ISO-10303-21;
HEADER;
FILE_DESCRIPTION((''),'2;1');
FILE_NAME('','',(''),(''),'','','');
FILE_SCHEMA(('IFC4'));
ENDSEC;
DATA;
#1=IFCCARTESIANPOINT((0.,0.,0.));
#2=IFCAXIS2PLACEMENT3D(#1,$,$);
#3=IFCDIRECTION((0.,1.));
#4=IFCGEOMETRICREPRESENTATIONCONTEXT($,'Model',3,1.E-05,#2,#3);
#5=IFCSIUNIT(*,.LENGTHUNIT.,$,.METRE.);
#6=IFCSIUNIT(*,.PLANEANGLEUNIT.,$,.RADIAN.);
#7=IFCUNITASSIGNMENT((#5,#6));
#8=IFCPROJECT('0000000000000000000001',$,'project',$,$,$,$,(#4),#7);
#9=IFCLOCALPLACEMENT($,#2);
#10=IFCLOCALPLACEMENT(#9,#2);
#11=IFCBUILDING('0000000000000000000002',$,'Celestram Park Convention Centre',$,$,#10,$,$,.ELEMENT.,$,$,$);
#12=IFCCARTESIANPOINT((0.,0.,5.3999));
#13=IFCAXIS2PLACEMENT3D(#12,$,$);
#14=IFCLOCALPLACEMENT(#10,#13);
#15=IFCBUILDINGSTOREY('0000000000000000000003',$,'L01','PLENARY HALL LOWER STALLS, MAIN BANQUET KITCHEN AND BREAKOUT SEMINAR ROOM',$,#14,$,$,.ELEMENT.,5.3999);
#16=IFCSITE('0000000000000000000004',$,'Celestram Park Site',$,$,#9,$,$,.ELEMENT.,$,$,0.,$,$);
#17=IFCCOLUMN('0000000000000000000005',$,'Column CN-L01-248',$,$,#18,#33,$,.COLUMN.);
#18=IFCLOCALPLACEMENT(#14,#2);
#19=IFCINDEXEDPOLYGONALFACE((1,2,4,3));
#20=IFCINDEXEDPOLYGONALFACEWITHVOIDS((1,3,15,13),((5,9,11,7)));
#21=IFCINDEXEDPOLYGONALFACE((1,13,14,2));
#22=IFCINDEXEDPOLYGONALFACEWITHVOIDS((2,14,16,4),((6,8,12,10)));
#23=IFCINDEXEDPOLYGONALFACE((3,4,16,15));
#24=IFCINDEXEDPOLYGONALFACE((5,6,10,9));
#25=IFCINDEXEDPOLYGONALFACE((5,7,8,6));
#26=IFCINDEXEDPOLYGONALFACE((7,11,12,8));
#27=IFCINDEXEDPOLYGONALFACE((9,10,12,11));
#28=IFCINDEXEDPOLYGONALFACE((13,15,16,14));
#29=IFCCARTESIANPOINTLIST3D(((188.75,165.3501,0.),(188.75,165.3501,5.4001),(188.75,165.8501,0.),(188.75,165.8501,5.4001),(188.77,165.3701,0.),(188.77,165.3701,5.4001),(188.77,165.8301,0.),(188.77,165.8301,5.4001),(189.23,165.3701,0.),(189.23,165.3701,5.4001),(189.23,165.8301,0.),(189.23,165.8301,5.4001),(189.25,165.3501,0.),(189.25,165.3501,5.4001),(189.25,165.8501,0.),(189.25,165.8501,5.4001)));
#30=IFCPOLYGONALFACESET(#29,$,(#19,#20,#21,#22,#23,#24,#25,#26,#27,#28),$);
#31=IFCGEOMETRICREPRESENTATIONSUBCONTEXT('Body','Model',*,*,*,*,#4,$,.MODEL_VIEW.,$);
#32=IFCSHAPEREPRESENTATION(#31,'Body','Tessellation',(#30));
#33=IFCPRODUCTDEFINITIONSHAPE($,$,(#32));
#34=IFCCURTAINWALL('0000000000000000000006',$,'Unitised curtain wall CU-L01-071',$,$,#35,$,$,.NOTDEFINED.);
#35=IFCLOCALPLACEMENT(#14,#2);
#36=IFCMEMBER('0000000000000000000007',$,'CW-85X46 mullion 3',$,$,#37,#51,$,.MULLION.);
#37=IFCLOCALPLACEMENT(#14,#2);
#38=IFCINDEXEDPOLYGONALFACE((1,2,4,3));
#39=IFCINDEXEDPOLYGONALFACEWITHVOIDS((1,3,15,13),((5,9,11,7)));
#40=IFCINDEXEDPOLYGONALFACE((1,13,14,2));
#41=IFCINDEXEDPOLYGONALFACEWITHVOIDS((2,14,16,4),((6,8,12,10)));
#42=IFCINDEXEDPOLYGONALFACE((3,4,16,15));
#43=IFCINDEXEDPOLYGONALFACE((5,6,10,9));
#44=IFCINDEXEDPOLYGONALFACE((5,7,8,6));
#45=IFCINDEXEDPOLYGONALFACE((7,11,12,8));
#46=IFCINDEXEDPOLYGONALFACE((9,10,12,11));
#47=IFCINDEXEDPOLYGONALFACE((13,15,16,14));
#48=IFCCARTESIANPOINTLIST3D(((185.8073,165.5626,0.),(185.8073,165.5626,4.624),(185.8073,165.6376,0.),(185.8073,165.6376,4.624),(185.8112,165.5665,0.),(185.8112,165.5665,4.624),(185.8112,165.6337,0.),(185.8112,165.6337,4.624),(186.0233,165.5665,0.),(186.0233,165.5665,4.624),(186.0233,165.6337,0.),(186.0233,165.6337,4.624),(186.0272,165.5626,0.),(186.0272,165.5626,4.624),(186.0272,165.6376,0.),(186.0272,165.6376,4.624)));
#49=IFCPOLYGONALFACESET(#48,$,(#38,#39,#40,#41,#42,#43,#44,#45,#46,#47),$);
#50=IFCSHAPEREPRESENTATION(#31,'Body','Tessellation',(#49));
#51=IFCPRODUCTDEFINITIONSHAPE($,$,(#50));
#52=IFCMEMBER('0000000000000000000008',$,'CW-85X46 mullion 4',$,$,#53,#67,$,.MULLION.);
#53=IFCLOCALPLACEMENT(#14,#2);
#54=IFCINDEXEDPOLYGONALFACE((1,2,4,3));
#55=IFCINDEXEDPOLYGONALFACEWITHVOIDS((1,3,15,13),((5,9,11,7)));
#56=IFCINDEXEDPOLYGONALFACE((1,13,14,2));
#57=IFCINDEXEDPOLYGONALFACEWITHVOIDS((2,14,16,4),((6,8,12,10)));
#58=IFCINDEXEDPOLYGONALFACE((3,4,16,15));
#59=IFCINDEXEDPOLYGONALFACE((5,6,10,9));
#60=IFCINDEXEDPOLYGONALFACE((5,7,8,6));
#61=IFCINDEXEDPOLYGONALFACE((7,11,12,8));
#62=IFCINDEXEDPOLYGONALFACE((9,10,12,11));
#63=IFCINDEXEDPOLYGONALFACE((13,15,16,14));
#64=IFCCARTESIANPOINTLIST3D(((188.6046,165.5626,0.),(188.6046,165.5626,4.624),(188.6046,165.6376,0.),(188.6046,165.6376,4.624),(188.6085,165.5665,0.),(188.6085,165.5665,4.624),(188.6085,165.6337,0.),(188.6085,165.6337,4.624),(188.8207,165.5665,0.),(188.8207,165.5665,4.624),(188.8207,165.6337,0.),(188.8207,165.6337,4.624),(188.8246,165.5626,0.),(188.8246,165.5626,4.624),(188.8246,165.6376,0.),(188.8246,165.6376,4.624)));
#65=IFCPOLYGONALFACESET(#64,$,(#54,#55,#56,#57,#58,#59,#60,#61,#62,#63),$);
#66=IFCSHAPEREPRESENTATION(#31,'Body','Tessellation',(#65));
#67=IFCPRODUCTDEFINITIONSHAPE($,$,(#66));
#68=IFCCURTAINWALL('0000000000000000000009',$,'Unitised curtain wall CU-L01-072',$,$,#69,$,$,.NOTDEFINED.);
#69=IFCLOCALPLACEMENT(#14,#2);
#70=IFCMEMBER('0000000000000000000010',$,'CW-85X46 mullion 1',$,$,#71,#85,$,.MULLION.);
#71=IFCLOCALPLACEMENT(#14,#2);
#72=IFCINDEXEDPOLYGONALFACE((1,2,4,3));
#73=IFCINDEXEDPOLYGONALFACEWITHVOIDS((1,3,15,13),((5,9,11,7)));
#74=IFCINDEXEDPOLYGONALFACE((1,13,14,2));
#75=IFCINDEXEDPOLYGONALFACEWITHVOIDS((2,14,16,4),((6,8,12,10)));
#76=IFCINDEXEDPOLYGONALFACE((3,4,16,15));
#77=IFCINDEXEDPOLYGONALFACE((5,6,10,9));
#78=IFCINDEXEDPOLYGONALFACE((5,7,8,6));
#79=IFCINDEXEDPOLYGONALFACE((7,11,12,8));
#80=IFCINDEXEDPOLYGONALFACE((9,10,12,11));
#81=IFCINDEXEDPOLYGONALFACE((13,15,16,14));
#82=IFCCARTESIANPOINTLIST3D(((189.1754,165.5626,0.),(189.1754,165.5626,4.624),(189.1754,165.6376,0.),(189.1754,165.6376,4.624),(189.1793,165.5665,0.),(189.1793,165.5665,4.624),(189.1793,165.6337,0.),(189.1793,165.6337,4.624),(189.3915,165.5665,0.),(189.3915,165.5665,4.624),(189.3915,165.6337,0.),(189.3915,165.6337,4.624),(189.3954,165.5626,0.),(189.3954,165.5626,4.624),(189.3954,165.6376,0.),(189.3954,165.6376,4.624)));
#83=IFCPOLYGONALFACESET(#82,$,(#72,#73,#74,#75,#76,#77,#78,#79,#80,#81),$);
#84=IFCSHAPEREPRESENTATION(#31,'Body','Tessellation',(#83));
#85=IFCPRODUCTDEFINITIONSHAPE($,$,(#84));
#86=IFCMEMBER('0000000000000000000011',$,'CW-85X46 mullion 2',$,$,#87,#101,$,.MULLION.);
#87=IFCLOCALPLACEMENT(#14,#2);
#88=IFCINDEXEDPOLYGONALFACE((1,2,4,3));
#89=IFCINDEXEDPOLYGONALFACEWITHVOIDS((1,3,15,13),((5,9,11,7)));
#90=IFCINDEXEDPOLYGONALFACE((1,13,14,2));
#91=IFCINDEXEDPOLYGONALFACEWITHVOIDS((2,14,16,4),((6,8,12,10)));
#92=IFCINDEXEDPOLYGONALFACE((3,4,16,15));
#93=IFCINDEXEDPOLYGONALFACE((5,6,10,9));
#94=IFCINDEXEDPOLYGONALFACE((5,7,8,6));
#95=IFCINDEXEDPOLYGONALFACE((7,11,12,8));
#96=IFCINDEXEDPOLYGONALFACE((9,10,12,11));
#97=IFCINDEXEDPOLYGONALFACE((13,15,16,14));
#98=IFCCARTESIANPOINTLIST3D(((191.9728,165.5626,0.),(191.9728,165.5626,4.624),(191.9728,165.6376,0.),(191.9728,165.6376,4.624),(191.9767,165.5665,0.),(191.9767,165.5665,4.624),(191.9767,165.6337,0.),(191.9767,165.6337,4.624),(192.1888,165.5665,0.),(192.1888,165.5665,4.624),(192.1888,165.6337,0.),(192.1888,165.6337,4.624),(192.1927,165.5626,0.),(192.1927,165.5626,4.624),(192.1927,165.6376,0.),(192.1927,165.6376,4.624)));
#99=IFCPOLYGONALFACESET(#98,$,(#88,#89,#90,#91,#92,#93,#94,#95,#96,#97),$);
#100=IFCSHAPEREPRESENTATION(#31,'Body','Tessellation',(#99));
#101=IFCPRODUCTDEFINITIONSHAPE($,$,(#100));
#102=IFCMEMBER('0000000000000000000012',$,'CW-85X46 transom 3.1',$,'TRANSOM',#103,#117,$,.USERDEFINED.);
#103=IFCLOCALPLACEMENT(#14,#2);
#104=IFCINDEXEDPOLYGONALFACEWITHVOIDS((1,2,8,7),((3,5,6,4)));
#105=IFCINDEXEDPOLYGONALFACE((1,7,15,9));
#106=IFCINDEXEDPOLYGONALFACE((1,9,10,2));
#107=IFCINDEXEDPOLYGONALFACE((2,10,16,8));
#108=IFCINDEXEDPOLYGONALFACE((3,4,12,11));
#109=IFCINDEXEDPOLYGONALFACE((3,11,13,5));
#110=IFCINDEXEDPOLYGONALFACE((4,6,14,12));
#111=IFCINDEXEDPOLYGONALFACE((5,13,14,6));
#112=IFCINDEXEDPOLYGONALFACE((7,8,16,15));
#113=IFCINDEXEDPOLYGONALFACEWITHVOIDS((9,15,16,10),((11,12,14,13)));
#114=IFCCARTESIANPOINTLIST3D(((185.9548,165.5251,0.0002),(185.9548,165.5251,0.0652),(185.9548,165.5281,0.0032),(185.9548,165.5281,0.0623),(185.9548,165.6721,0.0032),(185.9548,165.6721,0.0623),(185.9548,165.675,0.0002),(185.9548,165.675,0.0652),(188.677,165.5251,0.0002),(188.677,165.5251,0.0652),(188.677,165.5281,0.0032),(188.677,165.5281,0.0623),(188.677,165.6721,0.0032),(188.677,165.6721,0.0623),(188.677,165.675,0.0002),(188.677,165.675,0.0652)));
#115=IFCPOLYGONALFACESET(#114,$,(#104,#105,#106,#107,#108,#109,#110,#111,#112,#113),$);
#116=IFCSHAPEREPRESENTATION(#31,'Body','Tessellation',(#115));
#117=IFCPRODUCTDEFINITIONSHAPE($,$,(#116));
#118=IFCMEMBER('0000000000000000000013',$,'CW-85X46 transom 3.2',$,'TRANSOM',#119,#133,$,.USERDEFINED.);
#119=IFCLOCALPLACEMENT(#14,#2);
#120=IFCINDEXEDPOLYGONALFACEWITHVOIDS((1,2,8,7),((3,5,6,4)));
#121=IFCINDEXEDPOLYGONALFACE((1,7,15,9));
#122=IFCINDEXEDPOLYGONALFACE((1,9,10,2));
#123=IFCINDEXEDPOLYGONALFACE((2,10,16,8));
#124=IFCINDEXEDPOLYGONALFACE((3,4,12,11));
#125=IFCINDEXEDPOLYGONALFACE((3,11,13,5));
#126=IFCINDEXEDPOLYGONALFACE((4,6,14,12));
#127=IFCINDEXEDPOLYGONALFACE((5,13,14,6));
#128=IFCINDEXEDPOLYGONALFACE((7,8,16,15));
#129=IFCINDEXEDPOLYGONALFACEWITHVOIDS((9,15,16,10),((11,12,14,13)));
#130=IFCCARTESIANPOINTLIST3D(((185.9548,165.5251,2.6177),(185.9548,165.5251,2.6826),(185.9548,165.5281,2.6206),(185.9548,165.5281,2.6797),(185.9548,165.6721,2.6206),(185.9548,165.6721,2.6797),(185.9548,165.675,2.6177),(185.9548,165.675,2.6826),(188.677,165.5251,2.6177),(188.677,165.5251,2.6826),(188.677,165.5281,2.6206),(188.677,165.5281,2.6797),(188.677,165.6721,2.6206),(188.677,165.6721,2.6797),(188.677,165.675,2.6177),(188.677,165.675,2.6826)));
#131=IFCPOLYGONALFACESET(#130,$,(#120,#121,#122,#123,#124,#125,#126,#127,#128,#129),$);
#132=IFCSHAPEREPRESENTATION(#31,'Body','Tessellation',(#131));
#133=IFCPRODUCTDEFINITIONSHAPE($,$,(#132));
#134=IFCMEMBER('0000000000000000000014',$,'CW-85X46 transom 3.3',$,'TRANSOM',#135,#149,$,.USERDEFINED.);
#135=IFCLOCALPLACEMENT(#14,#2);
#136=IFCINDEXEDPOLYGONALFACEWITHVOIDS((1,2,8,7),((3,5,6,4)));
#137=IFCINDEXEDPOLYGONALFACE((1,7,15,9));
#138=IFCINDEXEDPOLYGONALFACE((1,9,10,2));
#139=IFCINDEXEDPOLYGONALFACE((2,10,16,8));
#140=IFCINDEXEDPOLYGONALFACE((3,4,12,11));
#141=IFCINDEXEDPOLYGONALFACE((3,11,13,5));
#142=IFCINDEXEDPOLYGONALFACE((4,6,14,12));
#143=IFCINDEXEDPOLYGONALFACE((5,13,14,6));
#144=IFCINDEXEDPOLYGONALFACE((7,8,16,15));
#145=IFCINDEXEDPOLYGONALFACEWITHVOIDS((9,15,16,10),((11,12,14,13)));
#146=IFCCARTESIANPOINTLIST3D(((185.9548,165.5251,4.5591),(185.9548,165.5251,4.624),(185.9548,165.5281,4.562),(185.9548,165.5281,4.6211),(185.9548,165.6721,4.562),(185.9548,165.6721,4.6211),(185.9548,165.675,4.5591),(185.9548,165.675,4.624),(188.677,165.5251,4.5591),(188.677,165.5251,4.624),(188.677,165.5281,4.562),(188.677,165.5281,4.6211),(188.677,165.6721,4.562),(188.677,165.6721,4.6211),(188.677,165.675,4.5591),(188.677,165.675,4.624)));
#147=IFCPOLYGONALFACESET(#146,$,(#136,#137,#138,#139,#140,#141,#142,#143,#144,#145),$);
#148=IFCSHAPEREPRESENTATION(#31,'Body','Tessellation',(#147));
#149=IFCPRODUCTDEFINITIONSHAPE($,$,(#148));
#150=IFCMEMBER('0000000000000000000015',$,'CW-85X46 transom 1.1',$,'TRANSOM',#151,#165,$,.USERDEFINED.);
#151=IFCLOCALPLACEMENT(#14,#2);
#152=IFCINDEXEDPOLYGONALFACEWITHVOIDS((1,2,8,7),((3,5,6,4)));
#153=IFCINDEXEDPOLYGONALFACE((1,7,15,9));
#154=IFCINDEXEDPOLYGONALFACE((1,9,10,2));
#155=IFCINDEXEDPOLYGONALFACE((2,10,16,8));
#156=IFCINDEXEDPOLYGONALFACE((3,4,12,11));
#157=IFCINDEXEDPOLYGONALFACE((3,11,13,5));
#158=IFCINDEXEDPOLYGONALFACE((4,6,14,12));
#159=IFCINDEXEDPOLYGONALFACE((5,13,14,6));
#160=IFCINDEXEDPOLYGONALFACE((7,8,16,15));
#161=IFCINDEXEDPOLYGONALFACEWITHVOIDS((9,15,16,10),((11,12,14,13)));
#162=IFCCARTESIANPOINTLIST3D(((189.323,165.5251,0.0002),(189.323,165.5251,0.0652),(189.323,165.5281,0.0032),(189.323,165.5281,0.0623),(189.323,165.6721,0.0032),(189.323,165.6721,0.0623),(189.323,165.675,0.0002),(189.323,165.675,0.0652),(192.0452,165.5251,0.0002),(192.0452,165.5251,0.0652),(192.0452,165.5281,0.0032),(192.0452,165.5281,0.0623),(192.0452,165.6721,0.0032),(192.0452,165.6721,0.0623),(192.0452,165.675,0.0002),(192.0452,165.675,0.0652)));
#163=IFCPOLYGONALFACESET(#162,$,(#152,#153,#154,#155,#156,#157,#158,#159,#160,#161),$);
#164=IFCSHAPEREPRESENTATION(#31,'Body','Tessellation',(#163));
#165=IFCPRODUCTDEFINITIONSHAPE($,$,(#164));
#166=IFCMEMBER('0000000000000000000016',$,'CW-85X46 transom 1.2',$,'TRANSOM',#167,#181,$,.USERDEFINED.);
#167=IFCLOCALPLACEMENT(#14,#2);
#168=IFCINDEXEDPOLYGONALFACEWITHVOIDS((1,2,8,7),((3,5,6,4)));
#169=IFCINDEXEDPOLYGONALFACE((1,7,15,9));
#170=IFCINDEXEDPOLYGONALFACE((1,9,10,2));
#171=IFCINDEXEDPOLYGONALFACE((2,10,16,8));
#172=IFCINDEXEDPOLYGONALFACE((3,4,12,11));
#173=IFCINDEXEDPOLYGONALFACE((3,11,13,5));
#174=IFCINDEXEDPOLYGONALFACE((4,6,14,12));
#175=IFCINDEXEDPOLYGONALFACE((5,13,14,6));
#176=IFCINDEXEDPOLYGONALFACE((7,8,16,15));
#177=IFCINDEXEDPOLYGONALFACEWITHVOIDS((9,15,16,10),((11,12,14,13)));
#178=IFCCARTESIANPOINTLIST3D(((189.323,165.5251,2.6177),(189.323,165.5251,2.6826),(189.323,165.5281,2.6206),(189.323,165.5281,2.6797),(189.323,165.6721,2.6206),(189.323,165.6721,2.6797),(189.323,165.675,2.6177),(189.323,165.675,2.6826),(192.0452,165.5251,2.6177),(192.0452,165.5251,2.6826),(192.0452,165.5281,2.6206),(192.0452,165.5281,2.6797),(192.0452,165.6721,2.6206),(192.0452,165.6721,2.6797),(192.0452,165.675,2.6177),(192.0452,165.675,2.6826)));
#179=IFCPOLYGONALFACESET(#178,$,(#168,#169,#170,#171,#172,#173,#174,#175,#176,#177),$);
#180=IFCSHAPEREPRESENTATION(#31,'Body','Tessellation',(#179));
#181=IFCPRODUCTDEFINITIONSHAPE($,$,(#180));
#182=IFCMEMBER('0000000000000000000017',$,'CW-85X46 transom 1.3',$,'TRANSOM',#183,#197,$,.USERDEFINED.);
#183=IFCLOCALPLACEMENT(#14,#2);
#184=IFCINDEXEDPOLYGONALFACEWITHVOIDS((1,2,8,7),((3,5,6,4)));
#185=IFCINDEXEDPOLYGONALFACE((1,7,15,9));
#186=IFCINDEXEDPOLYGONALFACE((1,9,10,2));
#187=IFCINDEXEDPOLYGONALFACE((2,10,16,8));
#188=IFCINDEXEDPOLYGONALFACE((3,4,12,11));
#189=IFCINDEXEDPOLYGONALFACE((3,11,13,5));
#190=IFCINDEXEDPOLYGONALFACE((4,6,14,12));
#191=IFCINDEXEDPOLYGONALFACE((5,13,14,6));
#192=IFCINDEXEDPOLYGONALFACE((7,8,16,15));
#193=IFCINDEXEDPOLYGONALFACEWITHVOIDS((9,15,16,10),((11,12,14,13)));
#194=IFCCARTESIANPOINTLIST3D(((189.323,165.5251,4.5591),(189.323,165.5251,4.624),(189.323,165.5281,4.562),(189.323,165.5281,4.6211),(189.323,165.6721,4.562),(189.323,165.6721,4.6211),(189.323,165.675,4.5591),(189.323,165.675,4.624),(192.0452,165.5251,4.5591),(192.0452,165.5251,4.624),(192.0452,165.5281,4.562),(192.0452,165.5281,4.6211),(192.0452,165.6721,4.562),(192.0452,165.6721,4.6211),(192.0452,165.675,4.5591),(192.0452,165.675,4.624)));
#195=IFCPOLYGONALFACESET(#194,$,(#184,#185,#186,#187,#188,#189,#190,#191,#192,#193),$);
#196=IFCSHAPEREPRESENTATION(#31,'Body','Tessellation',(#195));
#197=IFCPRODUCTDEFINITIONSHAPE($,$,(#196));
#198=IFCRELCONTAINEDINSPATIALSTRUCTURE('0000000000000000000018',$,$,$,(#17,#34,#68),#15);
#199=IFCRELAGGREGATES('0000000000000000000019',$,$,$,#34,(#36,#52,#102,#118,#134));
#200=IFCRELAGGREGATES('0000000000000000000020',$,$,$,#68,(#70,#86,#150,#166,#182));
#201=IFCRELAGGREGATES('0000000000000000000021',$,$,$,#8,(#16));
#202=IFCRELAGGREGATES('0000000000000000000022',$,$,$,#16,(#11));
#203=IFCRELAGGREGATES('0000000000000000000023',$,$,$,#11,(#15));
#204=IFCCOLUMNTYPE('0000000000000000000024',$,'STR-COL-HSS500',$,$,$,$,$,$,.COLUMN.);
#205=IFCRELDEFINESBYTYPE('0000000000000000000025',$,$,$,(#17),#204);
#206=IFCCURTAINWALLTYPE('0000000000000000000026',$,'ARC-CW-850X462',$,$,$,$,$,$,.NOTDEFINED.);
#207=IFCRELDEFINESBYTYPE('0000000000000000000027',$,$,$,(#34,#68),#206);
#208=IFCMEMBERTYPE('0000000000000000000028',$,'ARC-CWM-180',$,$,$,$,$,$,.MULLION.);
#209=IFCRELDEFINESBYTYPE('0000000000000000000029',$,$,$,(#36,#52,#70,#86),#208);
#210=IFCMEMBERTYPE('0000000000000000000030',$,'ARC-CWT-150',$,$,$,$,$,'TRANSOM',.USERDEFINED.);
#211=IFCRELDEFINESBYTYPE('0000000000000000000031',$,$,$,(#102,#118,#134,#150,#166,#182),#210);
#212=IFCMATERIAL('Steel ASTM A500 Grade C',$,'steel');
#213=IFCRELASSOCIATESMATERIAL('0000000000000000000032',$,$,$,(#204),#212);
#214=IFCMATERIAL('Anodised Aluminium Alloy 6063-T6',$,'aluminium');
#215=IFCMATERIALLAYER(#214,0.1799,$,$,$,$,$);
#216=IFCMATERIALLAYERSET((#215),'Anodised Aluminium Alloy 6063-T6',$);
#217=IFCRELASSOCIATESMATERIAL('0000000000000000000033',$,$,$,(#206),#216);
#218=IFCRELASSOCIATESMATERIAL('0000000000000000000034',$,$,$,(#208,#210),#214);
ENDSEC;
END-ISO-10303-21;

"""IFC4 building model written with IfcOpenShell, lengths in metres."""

from ifc_helpers import new_model, si_unit, direction, frame, origin, origin_2d, place, context, subcontext, project, spatial, hollow_rectangle, extrude, material, layer, layer_set, material_profile, profile_set, type_object, element, aggregate, save


model = new_model("IFC4")

# Units and contexts
model_context = context("Model", 3, precision=1e-05, world=origin(), true_north=direction((0.0, 1.0)))
body_context = subcontext(model_context, "Body", "Model", "MODEL_VIEW")
ifc_project = project(units=[si_unit("LENGTHUNIT", "METRE"), si_unit("PLANEANGLEUNIT", "RADIAN")], contexts=[model_context])

# Site, building, storey
site_placement = place(None, origin())
site = spatial("IfcSite", under=ifc_project, at=site_placement, Name="Celestram Park Site", CompositionType="ELEMENT", RefElevation=0.0)
building_placement = place(site_placement, origin())
building = spatial("IfcBuilding", under=site, at=building_placement, Name="Celestram Park Convention Centre", CompositionType="ELEMENT")
storey_placement = place(building_placement, frame((0.0, 0.0, 5.3999)))
storey = spatial("IfcBuildingStorey", under=building, at=storey_placement, Name="L01", Description="PLENARY HALL LOWER STALLS, MAIN BANQUET KITCHEN AND BREAKOUT SEMINAR ROOM", CompositionType="ELEMENT", Elevation=5.3999)

# Column
ifc_material_1 = material(Name="Steel ASTM A500 Grade C", Category="steel")
ifc_material_profile_1 = material_profile(ifc_material_1, hollow_rectangle(XDim=0.5, YDim=0.5, WallThickness=0.02, at=origin_2d()), Name="HSS500X500X20")
ifc_profile_set_1 = profile_set([ifc_material_profile_1], Name="Steel ASTM A500 Grade C")
column_type = type_object("IfcColumnType", Name="STR-COL-HSS500", PredefinedType="COLUMN", material=ifc_profile_set_1)
column_placement = place(storey_placement, frame((189.0, 165.6001, 0.0), z_axis=(0.0, 0.0, 1.0), x_axis=(1.0, 0.0, 0.0)))
element("IfcColumn", 1, at=column_placement, inside=storey, type_object=column_type, Name="Column CN-L01-248", PredefinedType="COLUMN", context=body_context, shape_type="SweptSolid", body=[
    extrude(hollow_rectangle(XDim=0.5, YDim=0.5, WallThickness=0.02, at=origin_2d()), origin(), (0.0, 0.0, 1.0), 5.4001),
])

# Curtain walls, members
ifc_material_2 = material(Name="Anodised Aluminium Alloy 6063-T6", Category="aluminium")
ifc_layer_1 = layer(ifc_material_2, 0.1799)
ifc_layer_set_1 = layer_set([ifc_layer_1], Name="Anodised Aluminium Alloy 6063-T6")
curtain_wall_type = type_object("IfcCurtainWallType", Name="ARC-CW-850X462", PredefinedType="NOTDEFINED", material=ifc_layer_set_1)
curtain_wall_1_placement = place(storey_placement, origin())
curtain_wall_1 = element("IfcCurtainWall", 2, at=curtain_wall_1_placement, inside=storey, type_object=curtain_wall_type, Name="Unitised curtain wall CU-L01-071", PredefinedType="NOTDEFINED")
ifc_material_profile_2 = material_profile(ifc_material_2, hollow_rectangle(XDim=0.075, YDim=0.22, WallThickness=0.0039, at=origin_2d()), Name="ALU75X220X4")
ifc_profile_set_2 = profile_set([ifc_material_profile_2], Name="Anodised Aluminium Alloy 6063-T6")
member_type_1 = type_object("IfcMemberType", Name="ARC-CWM-180", PredefinedType="MULLION", material=ifc_profile_set_2)
member_1_placement = place(storey_placement, frame((185.9172, 165.6001, 0.0), z_axis=(0.0, 0.0, 1.0), x_axis=(0.0, 1.0, 0.0)))
member_1 = element("IfcMember", 3, at=member_1_placement, type_object=member_type_1, Name="CW-85X46 mullion 3", PredefinedType="MULLION", context=body_context, shape_type="SweptSolid", body=[
    extrude(hollow_rectangle(XDim=0.075, YDim=0.22, WallThickness=0.0039, at=origin_2d()), origin(), (0.0, 0.0, 1.0), 4.624),
])
member_2_placement = place(storey_placement, frame((188.7146, 165.6001, 0.0), z_axis=(0.0, 0.0, 1.0), x_axis=(0.0, 1.0, 0.0)))
member_2 = element("IfcMember", 4, at=member_2_placement, type_object=member_type_1, Name="CW-85X46 mullion 4", PredefinedType="MULLION", context=body_context, shape_type="SweptSolid", body=[
    extrude(hollow_rectangle(XDim=0.075, YDim=0.22, WallThickness=0.0039, at=origin_2d()), origin(), (0.0, 0.0, 1.0), 4.624),
])
curtain_wall_2_placement = place(storey_placement, origin())
curtain_wall_2 = element("IfcCurtainWall", 5, at=curtain_wall_2_placement, inside=storey, type_object=curtain_wall_type, Name="Unitised curtain wall CU-L01-072", PredefinedType="NOTDEFINED")
member_3_placement = place(storey_placement, frame((189.2854, 165.6001, 0.0), z_axis=(0.0, 0.0, 1.0), x_axis=(0.0, 1.0, 0.0)))
member_3 = element("IfcMember", 6, at=member_3_placement, type_object=member_type_1, Name="CW-85X46 mullion 1", PredefinedType="MULLION", context=body_context, shape_type="SweptSolid", body=[
    extrude(hollow_rectangle(XDim=0.075, YDim=0.22, WallThickness=0.0039, at=origin_2d()), origin(), (0.0, 0.0, 1.0), 4.624),
])
member_4_placement = place(storey_placement, frame((192.0828, 165.6001, 0.0), z_axis=(0.0, 0.0, 1.0), x_axis=(0.0, 1.0, 0.0)))
member_4 = element("IfcMember", 7, at=member_4_placement, type_object=member_type_1, Name="CW-85X46 mullion 2", PredefinedType="MULLION", context=body_context, shape_type="SweptSolid", body=[
    extrude(hollow_rectangle(XDim=0.075, YDim=0.22, WallThickness=0.0039, at=origin_2d()), origin(), (0.0, 0.0, 1.0), 4.624),
])

# Members
ifc_material_profile_3 = material_profile(ifc_material_2, hollow_rectangle(XDim=0.1499, YDim=0.0649, WallThickness=0.0029, at=origin_2d()), Name="ALU150X65X3")
ifc_profile_set_3 = profile_set([ifc_material_profile_3], Name="Anodised Aluminium Alloy 6063-T6")
member_type_2 = type_object("IfcMemberType", Name="ARC-CWT-150", ElementType="TRANSOM", PredefinedType="USERDEFINED", material=ifc_profile_set_3)
member_5_placement = place(storey_placement, frame((185.9548, 165.6001, 0.0327), z_axis=(1.0, 0.0, 0.0), x_axis=(0.0, 1.0, 0.0)))
member_5 = element("IfcMember", 8, at=member_5_placement, type_object=member_type_2, Name="CW-85X46 transom 3.1", ObjectType="TRANSOM", PredefinedType="USERDEFINED", context=body_context, shape_type="SweptSolid", body=[
    extrude(hollow_rectangle(XDim=0.1499, YDim=0.0649, WallThickness=0.0029, at=origin_2d()), origin(), (0.0, 0.0, 1.0), 2.7222),
])
member_6_placement = place(storey_placement, frame((185.9548, 165.6001, 2.6501), z_axis=(1.0, 0.0, 0.0), x_axis=(0.0, 1.0, 0.0)))
member_6 = element("IfcMember", 9, at=member_6_placement, type_object=member_type_2, Name="CW-85X46 transom 3.2", ObjectType="TRANSOM", PredefinedType="USERDEFINED", context=body_context, shape_type="SweptSolid", body=[
    extrude(hollow_rectangle(XDim=0.1499, YDim=0.0649, WallThickness=0.0029, at=origin_2d()), origin(), (0.0, 0.0, 1.0), 2.7222),
])
member_7_placement = place(storey_placement, frame((185.9548, 165.6001, 4.5916), z_axis=(1.0, 0.0, 0.0), x_axis=(0.0, 1.0, 0.0)))
member_7 = element("IfcMember", 10, at=member_7_placement, type_object=member_type_2, Name="CW-85X46 transom 3.3", ObjectType="TRANSOM", PredefinedType="USERDEFINED", context=body_context, shape_type="SweptSolid", body=[
    extrude(hollow_rectangle(XDim=0.1499, YDim=0.0649, WallThickness=0.0029, at=origin_2d()), origin(), (0.0, 0.0, 1.0), 2.7222),
])
member_8_placement = place(storey_placement, frame((189.323, 165.6001, 0.0327), z_axis=(1.0, 0.0, 0.0), x_axis=(0.0, 1.0, 0.0)))
member_8 = element("IfcMember", 11, at=member_8_placement, type_object=member_type_2, Name="CW-85X46 transom 1.1", ObjectType="TRANSOM", PredefinedType="USERDEFINED", context=body_context, shape_type="SweptSolid", body=[
    extrude(hollow_rectangle(XDim=0.1499, YDim=0.0649, WallThickness=0.0029, at=origin_2d()), origin(), (0.0, 0.0, 1.0), 2.7222),
])
member_9_placement = place(storey_placement, frame((189.323, 165.6001, 2.6501), z_axis=(1.0, 0.0, 0.0), x_axis=(0.0, 1.0, 0.0)))
member_9 = element("IfcMember", 12, at=member_9_placement, type_object=member_type_2, Name="CW-85X46 transom 1.2", ObjectType="TRANSOM", PredefinedType="USERDEFINED", context=body_context, shape_type="SweptSolid", body=[
    extrude(hollow_rectangle(XDim=0.1499, YDim=0.0649, WallThickness=0.0029, at=origin_2d()), origin(), (0.0, 0.0, 1.0), 2.7222),
])
member_10_placement = place(storey_placement, frame((189.323, 165.6001, 4.5916), z_axis=(1.0, 0.0, 0.0), x_axis=(0.0, 1.0, 0.0)))
member_10 = element("IfcMember", 13, at=member_10_placement, type_object=member_type_2, Name="CW-85X46 transom 1.3", ObjectType="TRANSOM", PredefinedType="USERDEFINED", context=body_context, shape_type="SweptSolid", body=[
    extrude(hollow_rectangle(XDim=0.1499, YDim=0.0649, WallThickness=0.0029, at=origin_2d()), origin(), (0.0, 0.0, 1.0), 2.7222),
])

aggregate(curtain_wall_1, [member_1, member_2, member_5, member_6, member_7])
aggregate(curtain_wall_2, [member_3, member_4, member_8, member_9, member_10])

save(model, "model.ifc")
